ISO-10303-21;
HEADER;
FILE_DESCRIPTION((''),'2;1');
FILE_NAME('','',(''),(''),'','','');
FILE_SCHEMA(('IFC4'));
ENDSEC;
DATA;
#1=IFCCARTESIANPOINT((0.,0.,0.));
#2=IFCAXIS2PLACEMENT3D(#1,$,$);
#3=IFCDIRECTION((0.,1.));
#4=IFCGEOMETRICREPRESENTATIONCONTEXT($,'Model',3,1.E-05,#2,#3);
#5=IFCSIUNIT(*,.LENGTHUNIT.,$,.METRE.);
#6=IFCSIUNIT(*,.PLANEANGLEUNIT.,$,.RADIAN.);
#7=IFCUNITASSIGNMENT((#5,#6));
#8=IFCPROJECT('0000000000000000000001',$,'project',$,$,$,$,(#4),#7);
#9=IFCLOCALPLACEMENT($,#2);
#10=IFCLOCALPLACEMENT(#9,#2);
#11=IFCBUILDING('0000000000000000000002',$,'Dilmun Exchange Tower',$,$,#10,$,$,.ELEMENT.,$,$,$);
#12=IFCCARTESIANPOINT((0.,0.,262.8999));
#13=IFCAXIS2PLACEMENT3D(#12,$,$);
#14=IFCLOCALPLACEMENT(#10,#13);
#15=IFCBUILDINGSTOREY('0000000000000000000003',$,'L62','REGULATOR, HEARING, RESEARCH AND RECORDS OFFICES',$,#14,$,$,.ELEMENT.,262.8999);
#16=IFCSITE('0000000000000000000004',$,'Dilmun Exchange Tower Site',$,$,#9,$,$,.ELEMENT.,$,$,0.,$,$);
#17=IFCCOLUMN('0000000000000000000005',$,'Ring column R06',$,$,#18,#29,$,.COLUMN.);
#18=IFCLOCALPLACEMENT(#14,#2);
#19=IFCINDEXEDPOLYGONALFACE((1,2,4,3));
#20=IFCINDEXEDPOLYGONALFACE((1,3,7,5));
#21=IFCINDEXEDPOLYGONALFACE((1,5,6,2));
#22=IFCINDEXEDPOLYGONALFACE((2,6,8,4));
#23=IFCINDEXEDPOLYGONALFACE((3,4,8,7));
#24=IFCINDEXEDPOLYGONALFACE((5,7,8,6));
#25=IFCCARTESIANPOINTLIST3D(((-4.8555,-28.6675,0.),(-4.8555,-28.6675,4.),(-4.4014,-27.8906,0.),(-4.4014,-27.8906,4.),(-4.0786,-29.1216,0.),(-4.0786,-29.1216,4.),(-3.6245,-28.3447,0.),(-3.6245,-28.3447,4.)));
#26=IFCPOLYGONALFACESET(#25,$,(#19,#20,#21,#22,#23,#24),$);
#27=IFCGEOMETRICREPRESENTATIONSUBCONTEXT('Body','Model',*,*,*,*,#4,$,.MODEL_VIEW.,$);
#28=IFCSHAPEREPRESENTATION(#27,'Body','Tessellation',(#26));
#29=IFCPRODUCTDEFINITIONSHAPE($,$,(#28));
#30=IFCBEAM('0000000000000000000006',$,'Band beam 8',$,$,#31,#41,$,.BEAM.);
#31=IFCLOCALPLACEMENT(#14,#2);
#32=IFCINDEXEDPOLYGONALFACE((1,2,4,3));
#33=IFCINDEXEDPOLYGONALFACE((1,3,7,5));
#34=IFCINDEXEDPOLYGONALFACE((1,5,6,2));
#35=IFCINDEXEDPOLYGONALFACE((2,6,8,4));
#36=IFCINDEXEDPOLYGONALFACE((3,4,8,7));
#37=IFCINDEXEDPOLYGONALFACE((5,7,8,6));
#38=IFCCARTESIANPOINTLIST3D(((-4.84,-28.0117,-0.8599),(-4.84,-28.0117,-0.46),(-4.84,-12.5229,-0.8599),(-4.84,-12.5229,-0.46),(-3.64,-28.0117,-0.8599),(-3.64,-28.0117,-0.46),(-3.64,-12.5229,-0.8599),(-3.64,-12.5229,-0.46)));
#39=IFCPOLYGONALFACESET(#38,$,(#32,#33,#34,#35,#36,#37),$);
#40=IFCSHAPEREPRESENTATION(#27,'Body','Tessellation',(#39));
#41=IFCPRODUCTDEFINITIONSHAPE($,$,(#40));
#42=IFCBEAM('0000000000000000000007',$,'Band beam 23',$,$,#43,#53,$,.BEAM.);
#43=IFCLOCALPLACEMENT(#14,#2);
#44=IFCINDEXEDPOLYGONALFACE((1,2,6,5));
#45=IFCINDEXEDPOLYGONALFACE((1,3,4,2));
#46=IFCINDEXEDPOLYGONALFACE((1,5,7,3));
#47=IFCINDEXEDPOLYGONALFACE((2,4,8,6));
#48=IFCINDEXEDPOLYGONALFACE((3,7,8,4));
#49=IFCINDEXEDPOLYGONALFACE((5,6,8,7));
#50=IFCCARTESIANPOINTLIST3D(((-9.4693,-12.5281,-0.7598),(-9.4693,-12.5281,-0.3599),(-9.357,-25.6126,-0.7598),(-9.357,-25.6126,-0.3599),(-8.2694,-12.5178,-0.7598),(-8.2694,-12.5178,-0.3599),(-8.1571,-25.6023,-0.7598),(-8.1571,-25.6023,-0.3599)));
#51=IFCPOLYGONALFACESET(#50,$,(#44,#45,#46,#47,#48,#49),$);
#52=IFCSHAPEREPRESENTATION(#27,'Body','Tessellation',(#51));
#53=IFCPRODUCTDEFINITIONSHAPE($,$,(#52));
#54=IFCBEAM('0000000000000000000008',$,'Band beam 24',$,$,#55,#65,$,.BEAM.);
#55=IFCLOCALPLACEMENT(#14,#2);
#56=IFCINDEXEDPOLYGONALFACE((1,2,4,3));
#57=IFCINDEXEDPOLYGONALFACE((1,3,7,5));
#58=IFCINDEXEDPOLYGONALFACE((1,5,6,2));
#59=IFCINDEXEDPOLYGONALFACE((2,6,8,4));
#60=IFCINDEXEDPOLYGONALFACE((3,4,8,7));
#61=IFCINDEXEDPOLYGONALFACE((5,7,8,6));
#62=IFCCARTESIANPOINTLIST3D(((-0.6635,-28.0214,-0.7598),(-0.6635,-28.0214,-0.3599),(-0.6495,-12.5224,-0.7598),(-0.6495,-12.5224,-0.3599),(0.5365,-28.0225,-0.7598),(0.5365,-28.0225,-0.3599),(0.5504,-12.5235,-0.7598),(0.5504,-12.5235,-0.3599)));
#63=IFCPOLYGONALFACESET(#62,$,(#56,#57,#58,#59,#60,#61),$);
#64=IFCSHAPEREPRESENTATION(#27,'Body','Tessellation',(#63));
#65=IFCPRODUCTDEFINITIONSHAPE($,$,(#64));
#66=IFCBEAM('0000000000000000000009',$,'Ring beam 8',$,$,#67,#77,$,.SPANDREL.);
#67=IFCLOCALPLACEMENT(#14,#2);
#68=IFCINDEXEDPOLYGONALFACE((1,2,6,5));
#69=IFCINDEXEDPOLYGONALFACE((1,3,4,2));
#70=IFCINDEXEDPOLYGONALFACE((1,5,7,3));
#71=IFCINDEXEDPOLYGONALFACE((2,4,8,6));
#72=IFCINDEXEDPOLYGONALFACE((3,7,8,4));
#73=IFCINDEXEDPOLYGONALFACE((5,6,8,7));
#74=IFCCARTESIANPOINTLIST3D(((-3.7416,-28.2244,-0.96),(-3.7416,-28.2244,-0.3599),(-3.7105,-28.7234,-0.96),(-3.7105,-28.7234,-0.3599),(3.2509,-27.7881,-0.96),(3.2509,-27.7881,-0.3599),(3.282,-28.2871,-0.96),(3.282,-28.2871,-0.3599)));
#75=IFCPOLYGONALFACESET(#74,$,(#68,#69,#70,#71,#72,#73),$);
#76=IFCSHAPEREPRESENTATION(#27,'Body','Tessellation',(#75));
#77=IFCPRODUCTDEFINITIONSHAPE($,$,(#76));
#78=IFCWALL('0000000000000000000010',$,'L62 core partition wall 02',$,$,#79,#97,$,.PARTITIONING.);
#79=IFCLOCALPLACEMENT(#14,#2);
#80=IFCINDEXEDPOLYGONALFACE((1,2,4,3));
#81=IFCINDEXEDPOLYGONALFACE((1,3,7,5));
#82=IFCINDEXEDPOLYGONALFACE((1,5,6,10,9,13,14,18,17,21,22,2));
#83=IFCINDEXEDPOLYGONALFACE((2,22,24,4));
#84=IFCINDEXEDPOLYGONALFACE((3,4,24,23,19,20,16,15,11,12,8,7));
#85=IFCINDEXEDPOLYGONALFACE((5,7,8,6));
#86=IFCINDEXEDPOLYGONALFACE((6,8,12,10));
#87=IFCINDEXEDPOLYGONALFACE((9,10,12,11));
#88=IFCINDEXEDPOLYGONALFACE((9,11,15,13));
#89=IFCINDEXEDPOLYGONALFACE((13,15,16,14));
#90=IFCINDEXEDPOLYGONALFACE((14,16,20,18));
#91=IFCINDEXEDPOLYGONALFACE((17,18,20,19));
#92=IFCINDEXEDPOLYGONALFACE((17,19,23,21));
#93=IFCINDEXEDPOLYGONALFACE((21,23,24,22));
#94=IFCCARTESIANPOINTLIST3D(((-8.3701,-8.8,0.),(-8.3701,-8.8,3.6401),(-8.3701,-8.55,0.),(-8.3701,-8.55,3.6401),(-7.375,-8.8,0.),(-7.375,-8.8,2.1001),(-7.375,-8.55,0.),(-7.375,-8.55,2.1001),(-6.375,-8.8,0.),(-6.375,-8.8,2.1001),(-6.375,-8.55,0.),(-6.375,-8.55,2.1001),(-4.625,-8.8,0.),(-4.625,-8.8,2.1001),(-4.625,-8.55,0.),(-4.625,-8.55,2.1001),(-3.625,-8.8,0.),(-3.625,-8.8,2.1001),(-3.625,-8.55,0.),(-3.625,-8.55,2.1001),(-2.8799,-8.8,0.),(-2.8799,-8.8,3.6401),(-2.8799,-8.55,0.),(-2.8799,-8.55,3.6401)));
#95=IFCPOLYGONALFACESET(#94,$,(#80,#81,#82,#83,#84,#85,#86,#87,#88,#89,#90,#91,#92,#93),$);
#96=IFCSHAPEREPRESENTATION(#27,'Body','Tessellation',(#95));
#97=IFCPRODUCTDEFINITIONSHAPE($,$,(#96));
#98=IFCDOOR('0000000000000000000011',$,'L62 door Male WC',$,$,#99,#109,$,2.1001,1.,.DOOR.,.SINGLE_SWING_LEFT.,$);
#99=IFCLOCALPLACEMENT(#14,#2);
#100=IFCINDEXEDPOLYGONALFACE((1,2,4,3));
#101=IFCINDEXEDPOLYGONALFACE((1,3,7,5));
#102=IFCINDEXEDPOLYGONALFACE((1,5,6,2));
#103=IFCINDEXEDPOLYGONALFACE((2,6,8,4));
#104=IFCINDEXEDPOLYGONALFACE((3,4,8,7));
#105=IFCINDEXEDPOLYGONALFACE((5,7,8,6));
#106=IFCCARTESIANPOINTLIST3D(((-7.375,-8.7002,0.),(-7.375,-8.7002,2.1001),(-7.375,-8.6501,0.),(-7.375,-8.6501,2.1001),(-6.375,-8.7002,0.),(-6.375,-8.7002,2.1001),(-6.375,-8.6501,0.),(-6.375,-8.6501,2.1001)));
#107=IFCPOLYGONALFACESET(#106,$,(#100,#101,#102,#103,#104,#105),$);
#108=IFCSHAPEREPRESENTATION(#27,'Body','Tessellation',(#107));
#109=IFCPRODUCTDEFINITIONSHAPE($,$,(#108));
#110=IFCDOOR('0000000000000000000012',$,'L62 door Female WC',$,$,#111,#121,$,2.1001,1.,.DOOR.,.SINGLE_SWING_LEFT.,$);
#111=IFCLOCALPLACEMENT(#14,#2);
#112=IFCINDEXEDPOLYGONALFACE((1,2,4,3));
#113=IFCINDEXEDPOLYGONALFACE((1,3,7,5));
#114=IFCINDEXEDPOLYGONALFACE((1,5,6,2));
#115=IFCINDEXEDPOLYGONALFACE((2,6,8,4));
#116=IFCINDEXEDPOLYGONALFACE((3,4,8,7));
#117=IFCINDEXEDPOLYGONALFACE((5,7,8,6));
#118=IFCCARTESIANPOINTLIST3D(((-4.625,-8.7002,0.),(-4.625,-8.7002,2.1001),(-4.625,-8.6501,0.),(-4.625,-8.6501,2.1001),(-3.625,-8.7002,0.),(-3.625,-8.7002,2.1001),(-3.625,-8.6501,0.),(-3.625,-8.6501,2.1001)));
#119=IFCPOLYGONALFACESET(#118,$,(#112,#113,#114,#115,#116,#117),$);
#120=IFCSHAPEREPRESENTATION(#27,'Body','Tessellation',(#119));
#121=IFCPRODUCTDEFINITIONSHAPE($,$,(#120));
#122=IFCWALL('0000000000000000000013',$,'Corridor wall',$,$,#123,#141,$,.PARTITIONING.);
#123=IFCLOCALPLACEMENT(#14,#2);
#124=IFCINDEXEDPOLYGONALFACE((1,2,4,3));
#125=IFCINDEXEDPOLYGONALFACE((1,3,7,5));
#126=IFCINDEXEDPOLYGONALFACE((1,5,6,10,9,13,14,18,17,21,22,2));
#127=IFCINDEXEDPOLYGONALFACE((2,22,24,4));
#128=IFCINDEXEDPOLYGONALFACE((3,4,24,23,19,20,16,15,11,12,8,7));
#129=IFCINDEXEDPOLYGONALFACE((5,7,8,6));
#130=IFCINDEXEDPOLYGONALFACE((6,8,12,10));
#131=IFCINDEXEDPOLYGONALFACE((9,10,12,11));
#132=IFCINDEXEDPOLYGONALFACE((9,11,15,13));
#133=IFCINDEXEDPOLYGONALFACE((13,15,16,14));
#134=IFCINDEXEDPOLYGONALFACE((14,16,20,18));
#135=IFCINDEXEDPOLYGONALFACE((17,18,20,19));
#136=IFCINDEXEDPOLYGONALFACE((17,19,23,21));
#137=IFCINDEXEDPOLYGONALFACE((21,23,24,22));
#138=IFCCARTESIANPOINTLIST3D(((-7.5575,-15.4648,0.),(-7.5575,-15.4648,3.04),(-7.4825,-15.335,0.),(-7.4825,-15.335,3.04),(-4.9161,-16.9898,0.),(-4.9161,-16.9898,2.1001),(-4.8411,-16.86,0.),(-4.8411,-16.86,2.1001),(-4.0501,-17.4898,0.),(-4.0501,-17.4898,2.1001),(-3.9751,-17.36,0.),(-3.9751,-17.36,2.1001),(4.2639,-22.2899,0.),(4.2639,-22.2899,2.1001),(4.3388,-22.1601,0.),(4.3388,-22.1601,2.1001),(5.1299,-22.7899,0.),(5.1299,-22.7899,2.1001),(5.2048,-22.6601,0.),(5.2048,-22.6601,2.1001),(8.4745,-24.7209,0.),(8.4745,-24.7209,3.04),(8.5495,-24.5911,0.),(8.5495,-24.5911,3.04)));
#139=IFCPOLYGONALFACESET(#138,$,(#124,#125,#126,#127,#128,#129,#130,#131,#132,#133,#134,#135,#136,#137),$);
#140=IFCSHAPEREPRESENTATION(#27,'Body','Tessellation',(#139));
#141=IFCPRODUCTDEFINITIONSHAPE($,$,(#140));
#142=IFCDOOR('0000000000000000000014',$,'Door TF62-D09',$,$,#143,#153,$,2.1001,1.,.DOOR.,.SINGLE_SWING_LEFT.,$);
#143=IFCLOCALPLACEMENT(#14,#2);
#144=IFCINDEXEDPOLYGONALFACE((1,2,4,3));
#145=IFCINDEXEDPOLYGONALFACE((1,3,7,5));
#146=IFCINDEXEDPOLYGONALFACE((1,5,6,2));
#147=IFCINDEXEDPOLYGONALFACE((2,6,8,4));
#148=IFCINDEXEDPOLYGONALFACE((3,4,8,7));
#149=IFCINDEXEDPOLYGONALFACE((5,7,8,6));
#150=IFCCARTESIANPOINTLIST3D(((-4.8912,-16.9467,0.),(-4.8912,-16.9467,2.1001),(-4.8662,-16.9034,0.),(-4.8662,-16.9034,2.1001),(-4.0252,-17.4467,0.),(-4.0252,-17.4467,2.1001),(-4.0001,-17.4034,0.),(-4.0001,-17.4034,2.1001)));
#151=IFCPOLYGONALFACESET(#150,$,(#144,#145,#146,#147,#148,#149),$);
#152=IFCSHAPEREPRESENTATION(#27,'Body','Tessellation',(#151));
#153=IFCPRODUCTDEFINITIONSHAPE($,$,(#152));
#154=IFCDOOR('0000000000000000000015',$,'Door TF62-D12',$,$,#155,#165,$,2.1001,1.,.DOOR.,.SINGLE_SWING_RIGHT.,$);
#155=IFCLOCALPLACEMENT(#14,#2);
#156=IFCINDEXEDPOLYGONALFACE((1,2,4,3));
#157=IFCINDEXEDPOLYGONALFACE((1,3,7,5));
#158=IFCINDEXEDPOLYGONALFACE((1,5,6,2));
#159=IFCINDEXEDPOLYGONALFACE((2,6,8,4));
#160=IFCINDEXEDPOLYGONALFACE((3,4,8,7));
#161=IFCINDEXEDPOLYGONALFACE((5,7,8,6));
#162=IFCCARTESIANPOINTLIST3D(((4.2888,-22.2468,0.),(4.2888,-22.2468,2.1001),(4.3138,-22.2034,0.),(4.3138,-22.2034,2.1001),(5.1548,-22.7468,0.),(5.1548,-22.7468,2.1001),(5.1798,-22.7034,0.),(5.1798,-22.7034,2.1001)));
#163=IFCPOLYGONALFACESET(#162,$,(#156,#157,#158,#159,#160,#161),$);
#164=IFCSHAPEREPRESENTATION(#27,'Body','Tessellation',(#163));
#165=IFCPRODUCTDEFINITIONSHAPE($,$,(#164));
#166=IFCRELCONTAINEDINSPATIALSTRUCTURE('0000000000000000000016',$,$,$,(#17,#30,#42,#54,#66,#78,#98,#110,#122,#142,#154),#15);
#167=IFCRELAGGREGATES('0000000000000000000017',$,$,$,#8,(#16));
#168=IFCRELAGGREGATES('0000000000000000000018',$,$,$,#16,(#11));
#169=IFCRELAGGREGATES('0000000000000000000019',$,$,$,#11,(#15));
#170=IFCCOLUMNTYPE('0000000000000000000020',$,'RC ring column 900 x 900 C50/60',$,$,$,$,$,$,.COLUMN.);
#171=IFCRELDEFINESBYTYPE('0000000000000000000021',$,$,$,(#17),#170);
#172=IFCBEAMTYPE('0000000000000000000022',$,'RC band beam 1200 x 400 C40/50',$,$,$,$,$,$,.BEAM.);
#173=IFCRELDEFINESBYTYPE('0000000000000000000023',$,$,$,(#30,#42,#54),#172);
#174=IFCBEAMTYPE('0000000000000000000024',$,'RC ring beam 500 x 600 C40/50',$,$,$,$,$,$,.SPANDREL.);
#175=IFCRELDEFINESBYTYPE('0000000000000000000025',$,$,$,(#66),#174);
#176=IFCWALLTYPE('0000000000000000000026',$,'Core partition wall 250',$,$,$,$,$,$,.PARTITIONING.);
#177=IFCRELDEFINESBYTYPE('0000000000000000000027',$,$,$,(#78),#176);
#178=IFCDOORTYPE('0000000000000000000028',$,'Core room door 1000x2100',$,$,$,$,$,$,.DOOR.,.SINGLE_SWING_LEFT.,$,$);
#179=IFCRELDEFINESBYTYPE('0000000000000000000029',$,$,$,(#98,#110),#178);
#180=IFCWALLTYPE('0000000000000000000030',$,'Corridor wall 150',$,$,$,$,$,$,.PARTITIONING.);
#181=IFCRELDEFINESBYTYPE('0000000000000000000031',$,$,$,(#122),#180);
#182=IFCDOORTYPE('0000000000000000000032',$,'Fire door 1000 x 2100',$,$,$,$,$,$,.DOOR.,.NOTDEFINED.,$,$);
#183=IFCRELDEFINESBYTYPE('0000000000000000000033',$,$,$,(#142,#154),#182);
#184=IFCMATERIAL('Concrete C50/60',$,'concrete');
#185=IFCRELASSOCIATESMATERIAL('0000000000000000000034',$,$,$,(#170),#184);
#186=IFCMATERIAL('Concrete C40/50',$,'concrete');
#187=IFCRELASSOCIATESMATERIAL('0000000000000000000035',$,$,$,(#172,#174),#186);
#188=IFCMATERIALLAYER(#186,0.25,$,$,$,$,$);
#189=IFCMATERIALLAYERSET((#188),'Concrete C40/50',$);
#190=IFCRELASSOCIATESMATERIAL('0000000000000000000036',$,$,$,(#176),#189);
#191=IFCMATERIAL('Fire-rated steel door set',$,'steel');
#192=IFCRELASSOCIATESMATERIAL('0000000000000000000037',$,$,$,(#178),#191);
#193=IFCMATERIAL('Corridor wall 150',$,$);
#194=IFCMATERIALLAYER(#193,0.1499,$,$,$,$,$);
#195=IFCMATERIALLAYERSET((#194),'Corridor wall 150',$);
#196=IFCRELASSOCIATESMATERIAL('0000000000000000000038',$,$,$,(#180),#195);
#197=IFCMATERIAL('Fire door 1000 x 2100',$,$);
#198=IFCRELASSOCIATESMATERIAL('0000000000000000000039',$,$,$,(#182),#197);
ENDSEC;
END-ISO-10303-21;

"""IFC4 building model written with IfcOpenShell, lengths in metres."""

from ifc_helpers import new_model, si_unit, direction, frame, frame_2d, origin, origin_2d, place, context, subcontext, project, spatial, rectangle, extrude, material, layer, layer_set, material_profile, profile_set, type_object, element, fill, save


model = new_model("IFC4")

# Units and contexts
model_context = context("Model", 3, precision=1e-05, world=origin(), true_north=direction((0.0, 1.0)))
body_context = subcontext(model_context, "Body", "Model", "MODEL_VIEW")
ifc_project = project(units=[si_unit("LENGTHUNIT", "METRE"), si_unit("PLANEANGLEUNIT", "RADIAN")], contexts=[model_context])

# Site, building, storey
site_placement = place(None, origin())
site = spatial("IfcSite", under=ifc_project, at=site_placement, Name="Dilmun Exchange Tower Site", CompositionType="ELEMENT", RefElevation=0.0)
building_placement = place(site_placement, origin())
building = spatial("IfcBuilding", under=site, at=building_placement, Name="Dilmun Exchange Tower", CompositionType="ELEMENT")
storey_placement = place(building_placement, frame((0.0, 0.0, 262.8999)))
storey = spatial("IfcBuildingStorey", under=building, at=storey_placement, Name="L62", Description="REGULATOR, HEARING, RESEARCH AND RECORDS OFFICES", CompositionType="ELEMENT", Elevation=262.8999)

# Column
ifc_material_1 = material(Name="Concrete C50/60", Category="concrete")
ifc_material_profile_1 = material_profile(ifc_material_1, rectangle(XDim=0.8999, YDim=0.8999, at=origin_2d()), Name="900 x 900")
ifc_profile_set_1 = profile_set([ifc_material_profile_1], Name="Concrete C50/60")
column_type = type_object("IfcColumnType", Name="RC ring column 900 x 900 C50/60", PredefinedType="COLUMN", material=ifc_profile_set_1)
column_placement = place(storey_placement, frame((-4.24, -28.5061, 0.0), z_axis=(0.0, 0.0, 1.0), x_axis=(0.504644, 0.863328, 0.0)))
element("IfcColumn", 1, at=column_placement, inside=storey, type_object=column_type, Name="Ring column R06", PredefinedType="COLUMN", context=body_context, shape_type="SweptSolid", body=[
    extrude(rectangle(XDim=0.8999, YDim=0.8999, at=origin_2d()), origin(), (0.0, 0.0, 1.0), 4.0),
])

# Beams
ifc_material_2 = material(Name="Concrete C40/50", Category="concrete")
ifc_material_profile_2 = material_profile(ifc_material_2, rectangle(XDim=1.2, YDim=0.3999, at=origin_2d()), Name="1200 x 400")
ifc_profile_set_2 = profile_set([ifc_material_profile_2], Name="Concrete C40/50")
beam_type_1 = type_object("IfcBeamType", Name="RC band beam 1200 x 400 C40/50", PredefinedType="BEAM", material=ifc_profile_set_2)
beam_1_placement = place(storey_placement, frame((-4.24, -28.0117, -0.6599), z_axis=(0.0, 1.0, 0.0), x_axis=(-1.0, 0.0, 0.0)))
element("IfcBeam", 2, at=beam_1_placement, inside=storey, type_object=beam_type_1, Name="Band beam 8", PredefinedType="BEAM", context=body_context, shape_type="SweptSolid", body=[
    extrude(rectangle(XDim=1.2, YDim=0.3999, at=origin_2d()), origin(), (0.0, 0.0, 1.0), 15.4888),
])
beam_2_placement = place(storey_placement, frame((-8.7571, -25.6074, -0.5598), z_axis=(-0.008583, 0.999963, 0.0), x_axis=(-0.999963, -0.008583, 0.0)))
element("IfcBeam", 3, at=beam_2_placement, inside=storey, type_object=beam_type_1, Name="Band beam 23", PredefinedType="BEAM", context=body_context, shape_type="SweptSolid", body=[
    extrude(rectangle(XDim=1.2, YDim=0.3999, at=origin_2d()), origin(), (0.0, 0.0, 1.0), 13.085),
])
beam_3_placement = place(storey_placement, frame((-0.0635, -28.022, -0.5598), z_axis=(0.000898, 1.0, 0.0), x_axis=(-1.0, 0.000898, 0.0)))
element("IfcBeam", 4, at=beam_3_placement, inside=storey, type_object=beam_type_1, Name="Band beam 24", PredefinedType="BEAM", context=body_context, shape_type="SweptSolid", body=[
    extrude(rectangle(XDim=1.2, YDim=0.3999, at=origin_2d()), origin(), (0.0, 0.0, 1.0), 15.499),
])
ifc_material_profile_3 = material_profile(ifc_material_2, rectangle(XDim=0.5, YDim=0.6001, at=origin_2d()), Name="500 x 600")
ifc_profile_set_3 = profile_set([ifc_material_profile_3], Name="Concrete C40/50")
beam_type_2 = type_object("IfcBeamType", Name="RC ring beam 500 x 600 C40/50", PredefinedType="SPANDREL", material=ifc_profile_set_3)
beam_4_placement = place(storey_placement, frame((-3.7261, -28.4739, -0.6599), z_axis=(0.998059, 0.062272, 0.0), x_axis=(-0.062272, 0.998059, 0.0)))
element("IfcBeam", 5, at=beam_4_placement, inside=storey, type_object=beam_type_2, Name="Ring beam 8", PredefinedType="SPANDREL", context=body_context, shape_type="SweptSolid", body=[
    extrude(rectangle(XDim=0.5, YDim=0.6001, at=origin_2d()), origin(), (0.0, 0.0, 1.0), 7.0061),
])

# Walls, openings, doors
ifc_layer_1 = layer(ifc_material_2, 0.25)
ifc_layer_set_1 = layer_set([ifc_layer_1], Name="Concrete C40/50")
wall_type_1 = type_object("IfcWallType", Name="Core partition wall 250", PredefinedType="PARTITIONING", material=ifc_layer_set_1)
wall_1_placement = place(storey_placement, frame((-8.3701, -8.675, 0.0), z_axis=(0.0, 0.0, 1.0), x_axis=(1.0, 0.0, 0.0)))
wall_1 = element("IfcWall", 6, at=wall_1_placement, inside=storey, type_object=wall_type_1, Name="L62 core partition wall 02", PredefinedType="PARTITIONING", context=body_context, shape_type="SweptSolid", body=[
    extrude(rectangle(XDim=5.4902, YDim=0.25, at=frame_2d((2.7451, 0.0))), origin(), (0.0, 0.0, 1.0), 3.6401),
])
opening_1_placement = place(wall_1_placement, frame((0.9951, 0.0, 0.0)))
opening_1 = element("IfcOpeningElement", 7, at=opening_1_placement, cuts=wall_1, PredefinedType="OPENING", context=body_context, shape_type="SweptSolid", body=[
    extrude(rectangle(XDim=1.0, YDim=2.1001, at=frame_2d((0.5, 1.05))), frame((0.0, 0.135, 0.0), z_axis=(0.0, -1.0, 0.0), x_axis=(1.0, 0.0, 0.0)), (0.0, 0.0, 1.0), 0.27),
])
opening_2_placement = place(wall_1_placement, frame((3.7451, 0.0, 0.0)))
opening_2 = element("IfcOpeningElement", 8, at=opening_2_placement, cuts=wall_1, PredefinedType="OPENING", context=body_context, shape_type="SweptSolid", body=[
    extrude(rectangle(XDim=1.0, YDim=2.1001, at=frame_2d((0.5, 1.05))), frame((0.0, 0.135, 0.0), z_axis=(0.0, -1.0, 0.0), x_axis=(1.0, 0.0, 0.0)), (0.0, 0.0, 1.0), 0.27),
])
ifc_material_3 = material(Name="Fire-rated steel door set", Category="steel")
door_type_1 = type_object("IfcDoorType", Name="Core room door 1000x2100", OperationType="SINGLE_SWING_LEFT", PredefinedType="DOOR", material=ifc_material_3)
door_1_placement = place(opening_1_placement, origin())
door_1 = element("IfcDoor", 9, at=door_1_placement, inside=storey, type_object=door_type_1, Name="L62 door Male WC", OperationType="SINGLE_SWING_LEFT", OverallHeight=2.1001, OverallWidth=1.0, PredefinedType="DOOR", context=body_context, shape_type="SweptSolid", body=[
    extrude(rectangle(XDim=1.0, YDim=2.1001, at=frame_2d((0.5, 1.05))), frame((0.0, 0.0249, 0.0), z_axis=(0.0, -1.0, 0.0), x_axis=(1.0, 0.0, 0.0)), (0.0, 0.0, 1.0), 0.05),
])
fill(opening_1, door_1)
door_2_placement = place(opening_2_placement, origin())
door_2 = element("IfcDoor", 10, at=door_2_placement, inside=storey, type_object=door_type_1, Name="L62 door Female WC", OperationType="SINGLE_SWING_LEFT", OverallHeight=2.1001, OverallWidth=1.0, PredefinedType="DOOR", context=body_context, shape_type="SweptSolid", body=[
    extrude(rectangle(XDim=1.0, YDim=2.1001, at=frame_2d((0.5, 1.05))), frame((0.0, 0.0249, 0.0), z_axis=(0.0, -1.0, 0.0), x_axis=(1.0, 0.0, 0.0)), (0.0, 0.0, 1.0), 0.05),
])
fill(opening_2, door_2)
ifc_material_4 = material(Name="Corridor wall 150")
ifc_layer_2 = layer(ifc_material_4, 0.1499)
ifc_layer_set_2 = layer_set([ifc_layer_2], Name="Corridor wall 150")
wall_type_2 = type_object("IfcWallType", Name="Corridor wall 150", PredefinedType="PARTITIONING", material=ifc_layer_set_2)
wall_2_placement = place(storey_placement, frame((-7.52, -15.3999, 0.0), z_axis=(0.0, 0.0, 1.0), x_axis=(0.866025, -0.500001, 0.0)))
wall_2 = element("IfcWall", 11, at=wall_2_placement, inside=storey, type_object=wall_type_2, Name="Corridor wall", PredefinedType="PARTITIONING", context=body_context, shape_type="SweptSolid", body=[
    extrude(rectangle(XDim=18.5122, YDim=0.1499, at=frame_2d((9.2561, 0.0))), origin(), (0.0, 0.0, 1.0), 3.04),
])
opening_3_placement = place(wall_2_placement, frame((3.05, 0.0, 0.0)))
opening_3 = element("IfcOpeningElement", 12, at=opening_3_placement, cuts=wall_2, PredefinedType="OPENING", context=body_context, shape_type="SweptSolid", body=[
    extrude(rectangle(XDim=1.0, YDim=2.1001, at=frame_2d((0.5, 1.05))), frame((0.0, 0.085, 0.0), z_axis=(0.0, -1.0, 0.0), x_axis=(1.0, 0.0, 0.0)), (0.0, 0.0, 1.0), 0.1699),
])
opening_4_placement = place(wall_2_placement, frame((13.6501, 0.0, 0.0)))
opening_4 = element("IfcOpeningElement", 13, at=opening_4_placement, cuts=wall_2, PredefinedType="OPENING", context=body_context, shape_type="SweptSolid", body=[
    extrude(rectangle(XDim=1.0, YDim=2.1001, at=frame_2d((0.5, 1.05))), frame((0.0, 0.085, 0.0), z_axis=(0.0, -1.0, 0.0), x_axis=(1.0, 0.0, 0.0)), (0.0, 0.0, 1.0), 0.1699),
])
ifc_material_5 = material(Name="Fire door 1000 x 2100")
door_type_2 = type_object("IfcDoorType", Name="Fire door 1000 x 2100", OperationType="NOTDEFINED", PredefinedType="DOOR", material=ifc_material_5)
door_3_placement = place(opening_3_placement, origin())
door_3 = element("IfcDoor", 14, at=door_3_placement, inside=storey, type_object=door_type_2, Name="Door TF62-D09", OperationType="SINGLE_SWING_LEFT", OverallHeight=2.1001, OverallWidth=1.0, PredefinedType="DOOR", context=body_context, shape_type="SweptSolid", body=[
    extrude(rectangle(XDim=1.0, YDim=2.1001, at=frame_2d((0.5, 1.05))), frame((0.0, 0.0249, 0.0), z_axis=(0.0, -1.0, 0.0), x_axis=(1.0, 0.0, 0.0)), (0.0, 0.0, 1.0), 0.05),
])
fill(opening_3, door_3)
door_4_placement = place(opening_4_placement, origin())
door_4 = element("IfcDoor", 15, at=door_4_placement, inside=storey, type_object=door_type_2, Name="Door TF62-D12", OperationType="SINGLE_SWING_RIGHT", OverallHeight=2.1001, OverallWidth=1.0, PredefinedType="DOOR", context=body_context, shape_type="SweptSolid", body=[
    extrude(rectangle(XDim=1.0, YDim=2.1001, at=frame_2d((0.5, 1.05))), frame((0.0, 0.0249, 0.0), z_axis=(0.0, -1.0, 0.0), x_axis=(1.0, 0.0, 0.0)), (0.0, 0.0, 1.0), 0.05),
])
fill(opening_4, door_4)

save(model, "model.ifc")
